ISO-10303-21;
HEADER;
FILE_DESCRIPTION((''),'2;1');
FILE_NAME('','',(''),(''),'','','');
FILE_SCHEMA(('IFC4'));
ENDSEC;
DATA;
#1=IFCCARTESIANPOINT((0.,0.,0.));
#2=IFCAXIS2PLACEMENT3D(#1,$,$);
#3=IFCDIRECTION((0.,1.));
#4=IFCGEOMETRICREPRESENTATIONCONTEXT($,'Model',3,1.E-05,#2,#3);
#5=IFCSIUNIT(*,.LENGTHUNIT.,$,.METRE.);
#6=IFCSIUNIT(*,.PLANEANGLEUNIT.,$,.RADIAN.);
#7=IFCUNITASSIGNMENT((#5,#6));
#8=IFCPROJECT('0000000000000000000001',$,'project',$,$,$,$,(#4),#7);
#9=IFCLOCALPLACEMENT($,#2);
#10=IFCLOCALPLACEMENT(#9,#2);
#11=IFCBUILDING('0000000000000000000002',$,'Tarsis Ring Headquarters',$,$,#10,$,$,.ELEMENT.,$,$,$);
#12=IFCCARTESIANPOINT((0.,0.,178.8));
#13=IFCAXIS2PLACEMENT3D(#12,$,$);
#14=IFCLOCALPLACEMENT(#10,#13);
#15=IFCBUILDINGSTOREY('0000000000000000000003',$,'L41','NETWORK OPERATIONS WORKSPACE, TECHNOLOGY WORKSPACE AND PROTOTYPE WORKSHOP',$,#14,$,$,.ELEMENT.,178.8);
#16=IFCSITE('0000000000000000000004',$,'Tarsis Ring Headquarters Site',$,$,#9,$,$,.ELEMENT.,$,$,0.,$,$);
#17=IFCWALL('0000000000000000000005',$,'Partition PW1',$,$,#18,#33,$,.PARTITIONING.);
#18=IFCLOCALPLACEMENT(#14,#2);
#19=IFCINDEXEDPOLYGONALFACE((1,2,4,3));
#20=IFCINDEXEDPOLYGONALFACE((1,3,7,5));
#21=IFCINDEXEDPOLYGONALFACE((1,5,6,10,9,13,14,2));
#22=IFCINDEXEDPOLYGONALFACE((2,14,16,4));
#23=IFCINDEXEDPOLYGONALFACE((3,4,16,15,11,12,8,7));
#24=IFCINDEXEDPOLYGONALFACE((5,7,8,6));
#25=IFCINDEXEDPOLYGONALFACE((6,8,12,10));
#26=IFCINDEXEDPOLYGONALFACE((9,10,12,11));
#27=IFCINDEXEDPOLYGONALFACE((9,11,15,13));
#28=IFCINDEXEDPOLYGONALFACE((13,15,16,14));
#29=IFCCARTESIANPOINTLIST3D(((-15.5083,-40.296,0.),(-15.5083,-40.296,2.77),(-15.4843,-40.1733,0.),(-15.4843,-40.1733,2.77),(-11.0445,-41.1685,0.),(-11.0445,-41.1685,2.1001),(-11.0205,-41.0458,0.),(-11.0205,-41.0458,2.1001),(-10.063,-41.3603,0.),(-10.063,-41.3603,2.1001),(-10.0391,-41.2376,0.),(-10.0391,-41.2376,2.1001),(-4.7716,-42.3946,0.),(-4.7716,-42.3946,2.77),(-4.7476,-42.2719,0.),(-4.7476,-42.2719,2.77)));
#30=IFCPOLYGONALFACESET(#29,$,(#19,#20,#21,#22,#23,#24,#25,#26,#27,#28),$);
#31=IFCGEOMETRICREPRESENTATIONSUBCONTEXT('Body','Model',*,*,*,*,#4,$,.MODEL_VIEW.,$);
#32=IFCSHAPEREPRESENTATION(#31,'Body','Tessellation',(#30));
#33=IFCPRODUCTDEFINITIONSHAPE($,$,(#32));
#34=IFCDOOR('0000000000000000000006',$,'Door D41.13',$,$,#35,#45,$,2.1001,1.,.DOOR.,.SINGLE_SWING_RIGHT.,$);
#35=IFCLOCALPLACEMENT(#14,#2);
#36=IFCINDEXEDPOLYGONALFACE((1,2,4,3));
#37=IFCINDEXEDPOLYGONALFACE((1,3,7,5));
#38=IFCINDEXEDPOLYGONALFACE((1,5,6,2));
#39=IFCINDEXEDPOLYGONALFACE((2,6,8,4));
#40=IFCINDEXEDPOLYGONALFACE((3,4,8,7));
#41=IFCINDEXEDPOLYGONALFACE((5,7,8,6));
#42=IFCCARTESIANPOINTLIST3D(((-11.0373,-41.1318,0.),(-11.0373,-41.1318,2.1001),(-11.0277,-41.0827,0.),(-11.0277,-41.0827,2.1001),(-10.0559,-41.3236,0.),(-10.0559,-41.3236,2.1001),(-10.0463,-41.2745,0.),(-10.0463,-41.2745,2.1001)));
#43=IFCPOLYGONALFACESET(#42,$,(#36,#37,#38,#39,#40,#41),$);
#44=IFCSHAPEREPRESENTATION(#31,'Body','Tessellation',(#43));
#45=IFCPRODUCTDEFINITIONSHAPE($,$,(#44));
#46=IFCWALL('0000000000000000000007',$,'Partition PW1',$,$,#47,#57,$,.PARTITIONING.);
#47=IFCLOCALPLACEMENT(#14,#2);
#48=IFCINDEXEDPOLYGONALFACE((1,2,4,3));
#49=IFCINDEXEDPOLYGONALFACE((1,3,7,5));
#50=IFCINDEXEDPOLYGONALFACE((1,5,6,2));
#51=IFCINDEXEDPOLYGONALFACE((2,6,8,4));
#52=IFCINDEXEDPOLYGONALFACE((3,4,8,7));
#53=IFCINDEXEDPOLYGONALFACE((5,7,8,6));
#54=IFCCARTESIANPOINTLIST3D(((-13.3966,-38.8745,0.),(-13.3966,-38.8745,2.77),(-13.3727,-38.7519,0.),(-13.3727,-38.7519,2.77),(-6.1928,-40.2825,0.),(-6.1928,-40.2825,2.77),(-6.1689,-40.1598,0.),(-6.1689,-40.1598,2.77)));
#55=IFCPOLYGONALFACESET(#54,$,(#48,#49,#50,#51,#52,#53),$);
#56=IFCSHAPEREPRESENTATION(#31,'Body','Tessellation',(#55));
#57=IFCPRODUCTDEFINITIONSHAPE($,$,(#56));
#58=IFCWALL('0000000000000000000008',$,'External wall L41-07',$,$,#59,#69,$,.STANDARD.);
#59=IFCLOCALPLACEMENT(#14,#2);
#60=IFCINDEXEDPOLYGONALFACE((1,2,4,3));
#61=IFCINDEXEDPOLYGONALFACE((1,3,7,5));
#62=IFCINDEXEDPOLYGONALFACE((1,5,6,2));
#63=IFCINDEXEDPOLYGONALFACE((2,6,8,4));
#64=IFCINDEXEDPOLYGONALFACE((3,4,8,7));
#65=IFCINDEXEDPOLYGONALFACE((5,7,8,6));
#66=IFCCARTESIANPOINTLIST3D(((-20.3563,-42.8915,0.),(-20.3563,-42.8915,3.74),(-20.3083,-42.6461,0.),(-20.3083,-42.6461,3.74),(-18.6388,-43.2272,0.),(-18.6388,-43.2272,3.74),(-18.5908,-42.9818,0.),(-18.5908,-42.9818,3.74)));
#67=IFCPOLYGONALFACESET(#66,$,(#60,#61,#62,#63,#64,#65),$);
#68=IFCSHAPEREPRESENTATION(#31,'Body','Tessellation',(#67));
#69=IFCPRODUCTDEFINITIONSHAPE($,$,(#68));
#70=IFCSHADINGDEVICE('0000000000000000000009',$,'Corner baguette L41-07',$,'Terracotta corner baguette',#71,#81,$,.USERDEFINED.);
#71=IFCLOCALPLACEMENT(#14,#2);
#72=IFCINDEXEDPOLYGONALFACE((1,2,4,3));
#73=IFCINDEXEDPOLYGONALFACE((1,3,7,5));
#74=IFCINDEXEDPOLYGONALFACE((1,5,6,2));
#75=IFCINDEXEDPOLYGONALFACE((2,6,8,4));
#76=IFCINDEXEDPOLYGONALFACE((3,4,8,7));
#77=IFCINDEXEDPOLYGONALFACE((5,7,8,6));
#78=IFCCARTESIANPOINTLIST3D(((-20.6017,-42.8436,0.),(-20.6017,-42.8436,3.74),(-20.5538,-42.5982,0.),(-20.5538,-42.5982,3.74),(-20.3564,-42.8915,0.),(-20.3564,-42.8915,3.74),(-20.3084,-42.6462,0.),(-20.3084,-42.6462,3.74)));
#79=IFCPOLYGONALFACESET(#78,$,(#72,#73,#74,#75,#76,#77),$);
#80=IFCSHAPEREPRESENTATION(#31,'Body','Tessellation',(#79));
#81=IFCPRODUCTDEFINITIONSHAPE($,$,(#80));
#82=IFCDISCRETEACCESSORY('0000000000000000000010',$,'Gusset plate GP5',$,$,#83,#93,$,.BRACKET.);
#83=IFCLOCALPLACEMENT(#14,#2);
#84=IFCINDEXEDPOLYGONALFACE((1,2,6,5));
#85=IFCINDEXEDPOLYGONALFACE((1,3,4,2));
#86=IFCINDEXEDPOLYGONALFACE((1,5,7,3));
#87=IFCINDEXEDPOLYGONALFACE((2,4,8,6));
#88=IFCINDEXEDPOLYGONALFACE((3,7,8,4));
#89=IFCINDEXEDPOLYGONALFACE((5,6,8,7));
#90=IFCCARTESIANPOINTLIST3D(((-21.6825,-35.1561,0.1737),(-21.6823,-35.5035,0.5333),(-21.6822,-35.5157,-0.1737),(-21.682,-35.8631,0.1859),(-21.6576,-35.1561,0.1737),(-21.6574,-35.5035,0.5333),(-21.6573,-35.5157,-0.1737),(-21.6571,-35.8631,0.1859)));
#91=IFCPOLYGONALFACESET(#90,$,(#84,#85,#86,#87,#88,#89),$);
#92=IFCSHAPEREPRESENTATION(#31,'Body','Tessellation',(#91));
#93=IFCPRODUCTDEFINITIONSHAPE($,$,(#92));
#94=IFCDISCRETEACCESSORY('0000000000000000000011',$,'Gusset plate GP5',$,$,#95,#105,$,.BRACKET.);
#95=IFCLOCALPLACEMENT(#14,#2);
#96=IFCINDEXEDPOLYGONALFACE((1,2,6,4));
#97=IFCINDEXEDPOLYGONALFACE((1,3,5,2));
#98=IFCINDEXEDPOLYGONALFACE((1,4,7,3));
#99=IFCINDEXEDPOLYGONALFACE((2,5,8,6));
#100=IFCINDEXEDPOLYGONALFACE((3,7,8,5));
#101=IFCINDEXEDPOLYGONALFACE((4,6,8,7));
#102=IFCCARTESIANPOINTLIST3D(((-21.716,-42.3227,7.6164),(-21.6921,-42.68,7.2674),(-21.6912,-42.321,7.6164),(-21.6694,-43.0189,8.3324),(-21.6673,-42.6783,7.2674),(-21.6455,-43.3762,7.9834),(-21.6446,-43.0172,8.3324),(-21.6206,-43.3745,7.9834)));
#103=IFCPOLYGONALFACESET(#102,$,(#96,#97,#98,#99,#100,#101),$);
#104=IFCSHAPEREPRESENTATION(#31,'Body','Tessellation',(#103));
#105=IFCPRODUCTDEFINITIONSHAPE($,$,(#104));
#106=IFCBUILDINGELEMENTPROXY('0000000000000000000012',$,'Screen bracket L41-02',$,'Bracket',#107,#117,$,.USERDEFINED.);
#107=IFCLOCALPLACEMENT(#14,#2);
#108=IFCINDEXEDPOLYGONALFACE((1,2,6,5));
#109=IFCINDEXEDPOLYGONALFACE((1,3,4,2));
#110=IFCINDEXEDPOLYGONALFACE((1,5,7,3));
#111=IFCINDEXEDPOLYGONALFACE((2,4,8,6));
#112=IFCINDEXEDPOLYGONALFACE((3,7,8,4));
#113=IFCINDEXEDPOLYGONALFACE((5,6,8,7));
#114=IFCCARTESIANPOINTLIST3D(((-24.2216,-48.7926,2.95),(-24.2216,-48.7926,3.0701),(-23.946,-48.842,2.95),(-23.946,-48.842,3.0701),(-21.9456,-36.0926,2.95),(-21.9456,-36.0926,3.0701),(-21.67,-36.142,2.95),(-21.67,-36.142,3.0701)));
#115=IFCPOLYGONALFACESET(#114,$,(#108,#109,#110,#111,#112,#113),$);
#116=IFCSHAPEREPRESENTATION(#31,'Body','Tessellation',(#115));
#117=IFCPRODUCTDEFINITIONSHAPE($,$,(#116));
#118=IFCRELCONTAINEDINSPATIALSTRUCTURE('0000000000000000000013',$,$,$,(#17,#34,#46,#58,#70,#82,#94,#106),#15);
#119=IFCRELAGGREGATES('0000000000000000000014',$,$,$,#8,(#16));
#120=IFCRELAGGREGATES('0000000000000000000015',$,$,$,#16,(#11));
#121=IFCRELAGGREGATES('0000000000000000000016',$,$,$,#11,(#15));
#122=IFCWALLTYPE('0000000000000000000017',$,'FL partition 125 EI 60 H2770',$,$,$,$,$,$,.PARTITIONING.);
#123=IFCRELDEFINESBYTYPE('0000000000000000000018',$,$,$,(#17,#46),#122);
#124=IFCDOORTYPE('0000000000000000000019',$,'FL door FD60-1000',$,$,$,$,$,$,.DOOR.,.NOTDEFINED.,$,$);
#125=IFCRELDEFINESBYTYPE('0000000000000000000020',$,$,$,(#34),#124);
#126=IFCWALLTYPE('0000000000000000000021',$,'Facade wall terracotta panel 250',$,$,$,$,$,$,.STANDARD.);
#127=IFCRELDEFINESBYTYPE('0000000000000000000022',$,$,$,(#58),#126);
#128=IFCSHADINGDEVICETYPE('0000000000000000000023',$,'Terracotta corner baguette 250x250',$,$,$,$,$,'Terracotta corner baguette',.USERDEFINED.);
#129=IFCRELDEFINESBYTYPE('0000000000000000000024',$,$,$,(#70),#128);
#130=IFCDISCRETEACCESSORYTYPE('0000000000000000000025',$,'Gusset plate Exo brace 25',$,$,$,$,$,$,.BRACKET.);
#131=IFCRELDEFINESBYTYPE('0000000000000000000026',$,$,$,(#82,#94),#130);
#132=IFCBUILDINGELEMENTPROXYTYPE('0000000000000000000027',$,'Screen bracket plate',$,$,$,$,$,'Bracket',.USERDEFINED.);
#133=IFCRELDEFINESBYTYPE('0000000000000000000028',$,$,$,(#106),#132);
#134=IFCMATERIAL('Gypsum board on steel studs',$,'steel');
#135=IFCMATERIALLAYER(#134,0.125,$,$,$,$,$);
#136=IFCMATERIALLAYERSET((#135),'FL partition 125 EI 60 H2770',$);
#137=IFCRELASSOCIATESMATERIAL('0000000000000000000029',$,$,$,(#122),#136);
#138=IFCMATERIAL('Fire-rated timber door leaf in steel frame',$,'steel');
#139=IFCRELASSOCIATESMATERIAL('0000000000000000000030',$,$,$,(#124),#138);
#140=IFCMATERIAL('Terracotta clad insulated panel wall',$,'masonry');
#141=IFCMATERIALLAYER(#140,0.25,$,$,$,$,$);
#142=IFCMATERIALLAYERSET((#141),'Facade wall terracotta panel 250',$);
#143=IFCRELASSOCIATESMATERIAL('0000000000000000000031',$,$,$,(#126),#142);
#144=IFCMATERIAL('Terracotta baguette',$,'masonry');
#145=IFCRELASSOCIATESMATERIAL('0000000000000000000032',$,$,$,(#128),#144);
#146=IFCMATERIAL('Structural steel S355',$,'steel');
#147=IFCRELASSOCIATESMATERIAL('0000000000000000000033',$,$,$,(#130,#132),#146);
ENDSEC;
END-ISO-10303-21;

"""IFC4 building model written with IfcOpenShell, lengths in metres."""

from ifc_helpers import new_model, si_unit, direction, frame, frame_2d, origin, origin_2d, place, context, subcontext, project, spatial, rectangle, extrude, material, layer, layer_set, material_profile, profile_set, type_object, element, fill, save


model = new_model("IFC4")

# Units and contexts
model_context = context("Model", 3, precision=1e-05, world=origin(), true_north=direction((0.0, 1.0)))
body_context = subcontext(model_context, "Body", "Model", "MODEL_VIEW")
ifc_project = project(units=[si_unit("LENGTHUNIT", "METRE"), si_unit("PLANEANGLEUNIT", "RADIAN")], contexts=[model_context])

# Site, building, storey
site_placement = place(None, origin())
site = spatial("IfcSite", under=ifc_project, at=site_placement, Name="Tarsis Ring Headquarters Site", CompositionType="ELEMENT", RefElevation=0.0)
building_placement = place(site_placement, origin())
building = spatial("IfcBuilding", under=site, at=building_placement, Name="Tarsis Ring Headquarters", CompositionType="ELEMENT")
storey_placement = place(building_placement, frame((0.0, 0.0, 178.8)))
storey = spatial("IfcBuildingStorey", under=building, at=storey_placement, Name="L41", Description="NETWORK OPERATIONS WORKSPACE, TECHNOLOGY WORKSPACE AND PROTOTYPE WORKSHOP", CompositionType="ELEMENT", Elevation=178.8)

# Shared definitions
ifc_material_1 = material(Name="Structural steel S355", Category="steel")

# Shared definitions
ifc_material_2 = material(Name="Gypsum board on steel studs", Category="steel")

# Wall, opening, door
ifc_layer_1 = layer(ifc_material_2, 0.125)
ifc_layer_set_1 = layer_set([ifc_layer_1], Name="FL partition 125 EI 60 H2770")
wall_type_1 = type_object("IfcWallType", Name="FL partition 125 EI 60 H2770", PredefinedType="PARTITIONING", material=ifc_layer_set_1)
ifc_material_3 = material(Name="Fire-rated timber door leaf in steel frame", Category="steel")
door_type = type_object("IfcDoorType", Name="FL door FD60-1000", OperationType="NOTDEFINED", PredefinedType="DOOR", material=ifc_material_3)
wall_1_placement = place(storey_placement, frame((-15.4963, -40.2346, 0.0), z_axis=(0.0, 0.0, 1.0), x_axis=(0.981428, -0.191831, 0.0)))
wall_1 = element("IfcWall", 1, at=wall_1_placement, inside=storey, type_object=wall_type_1, Name="Partition PW1", PredefinedType="PARTITIONING", context=body_context, shape_type="SweptSolid", body=[
    extrude(rectangle(XDim=10.9399, YDim=0.125, at=frame_2d((5.47, 0.0))), origin(), (0.0, 0.0, 1.0), 2.77),
])
opening_1_placement = place(wall_1_placement, frame((4.5483, 0.0, 0.0)))
opening_1 = element("IfcOpeningElement", 2, at=opening_1_placement, cuts=wall_1, PredefinedType="OPENING", context=body_context, shape_type="SweptSolid", body=[
    extrude(rectangle(XDim=1.0, YDim=2.1001, at=frame_2d((0.5, 1.05))), frame((0.0, 0.0725, 0.0), z_axis=(0.0, -1.0, 0.0), x_axis=(1.0, 0.0, 0.0)), (0.0, 0.0, 1.0), 0.145),
])
door_1_placement = place(opening_1_placement, origin())
door_1 = element("IfcDoor", 3, at=door_1_placement, inside=storey, type_object=door_type, Name="Door D41.13", OperationType="SINGLE_SWING_RIGHT", OverallHeight=2.1001, OverallWidth=1.0, PredefinedType="DOOR", context=body_context, shape_type="SweptSolid", body=[
    extrude(rectangle(XDim=1.0, YDim=2.1001, at=frame_2d((0.5, 1.05))), frame((0.0, 0.0249, 0.0), z_axis=(0.0, -1.0, 0.0), x_axis=(1.0, 0.0, 0.0)), (0.0, 0.0, 1.0), 0.05),
])
fill(opening_1, door_1)

# Walls
wall_2_placement = place(storey_placement, frame((-13.3845, -38.8132, 0.0), z_axis=(0.0, 0.0, 1.0), x_axis=(0.981431, -0.191816, 0.0)))
element("IfcWall", 4, at=wall_2_placement, inside=storey, type_object=wall_type_1, Name="Partition PW1", PredefinedType="PARTITIONING", context=body_context, shape_type="SweptSolid", body=[
    extrude(rectangle(XDim=7.3401, YDim=0.125, at=frame_2d((3.6699, 0.0))), origin(), (0.0, 0.0, 1.0), 2.77),
])
ifc_material_4 = material(Name="Terracotta clad insulated panel wall", Category="masonry")
ifc_layer_2 = layer(ifc_material_4, 0.25)
ifc_layer_set_2 = layer_set([ifc_layer_2], Name="Facade wall terracotta panel 250")
wall_type_2 = type_object("IfcWallType", Name="Facade wall terracotta panel 250", PredefinedType="STANDARD", material=ifc_layer_set_2)
wall_3_placement = place(storey_placement, frame((-20.3323, -42.7688, 0.0), z_axis=(0.0, 0.0, 1.0), x_axis=(0.98143, -0.191822, 0.0)))
element("IfcWall", 5, at=wall_3_placement, inside=storey, type_object=wall_type_2, Name="External wall L41-07", PredefinedType="STANDARD", context=body_context, shape_type="SweptSolid", body=[
    extrude(rectangle(XDim=1.75, YDim=0.25, at=frame_2d((0.875, 0.0))), origin(), (0.0, 0.0, 1.0), 3.74),
])

# Shading device
ifc_material_5 = material(Name="Terracotta baguette", Category="masonry")
shading_device_type_1 = type_object("IfcShadingDeviceType", Name="Terracotta corner baguette 250x250", ElementType="Terracotta corner baguette", PredefinedType="USERDEFINED", material=ifc_material_5)
shading_device_1_placement = place(storey_placement, frame((-20.4551, -42.7449, 0.0), z_axis=(0.0, 0.0, 1.0), x_axis=(-0.191837, -0.981427, 0.0)))
element("IfcShadingDevice", 6, at=shading_device_1_placement, inside=storey, type_object=shading_device_type_1, Name="Corner baguette L41-07", ObjectType="Terracotta corner baguette", PredefinedType="USERDEFINED", context=body_context, shape_type="SweptSolid", body=[
    extrude(rectangle(XDim=0.25, YDim=0.25, at=origin_2d()), origin(), (0.0, 0.0, 1.0), 3.74),
])

# Discrete accessories
ifc_material_profile_1 = material_profile(ifc_material_1, rectangle(XDim=0.0249, YDim=0.5, at=origin_2d()), Name="PL 25x500")
ifc_profile_set_1 = profile_set([ifc_material_profile_1], Name="Structural steel S355")
discrete_accessory_type = type_object("IfcDiscreteAccessoryType", Name="Gusset plate Exo brace 25", PredefinedType="BRACKET", material=ifc_profile_set_1)
discrete_accessory_1_placement = place(storey_placement, frame((-21.6699, -35.3359, 0.0), z_axis=(0.000488, -0.694795, 0.719208), x_axis=(1.0, 0.000703, 0.0)))
element("IfcDiscreteAccessory", 7, at=discrete_accessory_1_placement, inside=storey, type_object=discrete_accessory_type, Name="Gusset plate GP5", PredefinedType="BRACKET", context=body_context, shape_type="SweptSolid", body=[
    extrude(rectangle(XDim=0.0249, YDim=0.5, at=origin_2d()), origin(), (0.0, 0.0, 1.0), 0.5),
])
discrete_accessory_2_placement = place(storey_placement, frame((-21.6917, -42.5005, 7.4419), z_axis=(0.046637, -0.696379, 0.716157), x_axis=(0.997765, 0.066821, 0.0)))
element("IfcDiscreteAccessory", 8, at=discrete_accessory_2_placement, inside=storey, type_object=discrete_accessory_type, Name="Gusset plate GP5", PredefinedType="BRACKET", context=body_context, shape_type="SweptSolid", body=[
    extrude(rectangle(XDim=0.0249, YDim=0.5, at=origin_2d()), origin(), (0.0, 0.0, 1.0), 0.9998),
])

# Building element proxy
building_element_proxy_type = type_object("IfcBuildingElementProxyType", Name="Screen bracket plate", ElementType="Bracket", PredefinedType="USERDEFINED", material=ifc_material_1)
proxy_placement = place(storey_placement, frame((-22.9458, -42.4673, 2.95), z_axis=(0.0, 0.0, 1.0), x_axis=(-0.176398, -0.984319, 0.0)))
element("IfcBuildingElementProxy", 9, at=proxy_placement, inside=storey, type_object=building_element_proxy_type, Name="Screen bracket L41-02", ObjectType="Bracket", PredefinedType="USERDEFINED", context=body_context, shape_type="SweptSolid", body=[
    extrude(rectangle(XDim=12.9023, YDim=0.28, at=origin_2d()), origin(), (0.0, 0.0, 1.0), 0.1201),
])

save(model, "model.ifc")
